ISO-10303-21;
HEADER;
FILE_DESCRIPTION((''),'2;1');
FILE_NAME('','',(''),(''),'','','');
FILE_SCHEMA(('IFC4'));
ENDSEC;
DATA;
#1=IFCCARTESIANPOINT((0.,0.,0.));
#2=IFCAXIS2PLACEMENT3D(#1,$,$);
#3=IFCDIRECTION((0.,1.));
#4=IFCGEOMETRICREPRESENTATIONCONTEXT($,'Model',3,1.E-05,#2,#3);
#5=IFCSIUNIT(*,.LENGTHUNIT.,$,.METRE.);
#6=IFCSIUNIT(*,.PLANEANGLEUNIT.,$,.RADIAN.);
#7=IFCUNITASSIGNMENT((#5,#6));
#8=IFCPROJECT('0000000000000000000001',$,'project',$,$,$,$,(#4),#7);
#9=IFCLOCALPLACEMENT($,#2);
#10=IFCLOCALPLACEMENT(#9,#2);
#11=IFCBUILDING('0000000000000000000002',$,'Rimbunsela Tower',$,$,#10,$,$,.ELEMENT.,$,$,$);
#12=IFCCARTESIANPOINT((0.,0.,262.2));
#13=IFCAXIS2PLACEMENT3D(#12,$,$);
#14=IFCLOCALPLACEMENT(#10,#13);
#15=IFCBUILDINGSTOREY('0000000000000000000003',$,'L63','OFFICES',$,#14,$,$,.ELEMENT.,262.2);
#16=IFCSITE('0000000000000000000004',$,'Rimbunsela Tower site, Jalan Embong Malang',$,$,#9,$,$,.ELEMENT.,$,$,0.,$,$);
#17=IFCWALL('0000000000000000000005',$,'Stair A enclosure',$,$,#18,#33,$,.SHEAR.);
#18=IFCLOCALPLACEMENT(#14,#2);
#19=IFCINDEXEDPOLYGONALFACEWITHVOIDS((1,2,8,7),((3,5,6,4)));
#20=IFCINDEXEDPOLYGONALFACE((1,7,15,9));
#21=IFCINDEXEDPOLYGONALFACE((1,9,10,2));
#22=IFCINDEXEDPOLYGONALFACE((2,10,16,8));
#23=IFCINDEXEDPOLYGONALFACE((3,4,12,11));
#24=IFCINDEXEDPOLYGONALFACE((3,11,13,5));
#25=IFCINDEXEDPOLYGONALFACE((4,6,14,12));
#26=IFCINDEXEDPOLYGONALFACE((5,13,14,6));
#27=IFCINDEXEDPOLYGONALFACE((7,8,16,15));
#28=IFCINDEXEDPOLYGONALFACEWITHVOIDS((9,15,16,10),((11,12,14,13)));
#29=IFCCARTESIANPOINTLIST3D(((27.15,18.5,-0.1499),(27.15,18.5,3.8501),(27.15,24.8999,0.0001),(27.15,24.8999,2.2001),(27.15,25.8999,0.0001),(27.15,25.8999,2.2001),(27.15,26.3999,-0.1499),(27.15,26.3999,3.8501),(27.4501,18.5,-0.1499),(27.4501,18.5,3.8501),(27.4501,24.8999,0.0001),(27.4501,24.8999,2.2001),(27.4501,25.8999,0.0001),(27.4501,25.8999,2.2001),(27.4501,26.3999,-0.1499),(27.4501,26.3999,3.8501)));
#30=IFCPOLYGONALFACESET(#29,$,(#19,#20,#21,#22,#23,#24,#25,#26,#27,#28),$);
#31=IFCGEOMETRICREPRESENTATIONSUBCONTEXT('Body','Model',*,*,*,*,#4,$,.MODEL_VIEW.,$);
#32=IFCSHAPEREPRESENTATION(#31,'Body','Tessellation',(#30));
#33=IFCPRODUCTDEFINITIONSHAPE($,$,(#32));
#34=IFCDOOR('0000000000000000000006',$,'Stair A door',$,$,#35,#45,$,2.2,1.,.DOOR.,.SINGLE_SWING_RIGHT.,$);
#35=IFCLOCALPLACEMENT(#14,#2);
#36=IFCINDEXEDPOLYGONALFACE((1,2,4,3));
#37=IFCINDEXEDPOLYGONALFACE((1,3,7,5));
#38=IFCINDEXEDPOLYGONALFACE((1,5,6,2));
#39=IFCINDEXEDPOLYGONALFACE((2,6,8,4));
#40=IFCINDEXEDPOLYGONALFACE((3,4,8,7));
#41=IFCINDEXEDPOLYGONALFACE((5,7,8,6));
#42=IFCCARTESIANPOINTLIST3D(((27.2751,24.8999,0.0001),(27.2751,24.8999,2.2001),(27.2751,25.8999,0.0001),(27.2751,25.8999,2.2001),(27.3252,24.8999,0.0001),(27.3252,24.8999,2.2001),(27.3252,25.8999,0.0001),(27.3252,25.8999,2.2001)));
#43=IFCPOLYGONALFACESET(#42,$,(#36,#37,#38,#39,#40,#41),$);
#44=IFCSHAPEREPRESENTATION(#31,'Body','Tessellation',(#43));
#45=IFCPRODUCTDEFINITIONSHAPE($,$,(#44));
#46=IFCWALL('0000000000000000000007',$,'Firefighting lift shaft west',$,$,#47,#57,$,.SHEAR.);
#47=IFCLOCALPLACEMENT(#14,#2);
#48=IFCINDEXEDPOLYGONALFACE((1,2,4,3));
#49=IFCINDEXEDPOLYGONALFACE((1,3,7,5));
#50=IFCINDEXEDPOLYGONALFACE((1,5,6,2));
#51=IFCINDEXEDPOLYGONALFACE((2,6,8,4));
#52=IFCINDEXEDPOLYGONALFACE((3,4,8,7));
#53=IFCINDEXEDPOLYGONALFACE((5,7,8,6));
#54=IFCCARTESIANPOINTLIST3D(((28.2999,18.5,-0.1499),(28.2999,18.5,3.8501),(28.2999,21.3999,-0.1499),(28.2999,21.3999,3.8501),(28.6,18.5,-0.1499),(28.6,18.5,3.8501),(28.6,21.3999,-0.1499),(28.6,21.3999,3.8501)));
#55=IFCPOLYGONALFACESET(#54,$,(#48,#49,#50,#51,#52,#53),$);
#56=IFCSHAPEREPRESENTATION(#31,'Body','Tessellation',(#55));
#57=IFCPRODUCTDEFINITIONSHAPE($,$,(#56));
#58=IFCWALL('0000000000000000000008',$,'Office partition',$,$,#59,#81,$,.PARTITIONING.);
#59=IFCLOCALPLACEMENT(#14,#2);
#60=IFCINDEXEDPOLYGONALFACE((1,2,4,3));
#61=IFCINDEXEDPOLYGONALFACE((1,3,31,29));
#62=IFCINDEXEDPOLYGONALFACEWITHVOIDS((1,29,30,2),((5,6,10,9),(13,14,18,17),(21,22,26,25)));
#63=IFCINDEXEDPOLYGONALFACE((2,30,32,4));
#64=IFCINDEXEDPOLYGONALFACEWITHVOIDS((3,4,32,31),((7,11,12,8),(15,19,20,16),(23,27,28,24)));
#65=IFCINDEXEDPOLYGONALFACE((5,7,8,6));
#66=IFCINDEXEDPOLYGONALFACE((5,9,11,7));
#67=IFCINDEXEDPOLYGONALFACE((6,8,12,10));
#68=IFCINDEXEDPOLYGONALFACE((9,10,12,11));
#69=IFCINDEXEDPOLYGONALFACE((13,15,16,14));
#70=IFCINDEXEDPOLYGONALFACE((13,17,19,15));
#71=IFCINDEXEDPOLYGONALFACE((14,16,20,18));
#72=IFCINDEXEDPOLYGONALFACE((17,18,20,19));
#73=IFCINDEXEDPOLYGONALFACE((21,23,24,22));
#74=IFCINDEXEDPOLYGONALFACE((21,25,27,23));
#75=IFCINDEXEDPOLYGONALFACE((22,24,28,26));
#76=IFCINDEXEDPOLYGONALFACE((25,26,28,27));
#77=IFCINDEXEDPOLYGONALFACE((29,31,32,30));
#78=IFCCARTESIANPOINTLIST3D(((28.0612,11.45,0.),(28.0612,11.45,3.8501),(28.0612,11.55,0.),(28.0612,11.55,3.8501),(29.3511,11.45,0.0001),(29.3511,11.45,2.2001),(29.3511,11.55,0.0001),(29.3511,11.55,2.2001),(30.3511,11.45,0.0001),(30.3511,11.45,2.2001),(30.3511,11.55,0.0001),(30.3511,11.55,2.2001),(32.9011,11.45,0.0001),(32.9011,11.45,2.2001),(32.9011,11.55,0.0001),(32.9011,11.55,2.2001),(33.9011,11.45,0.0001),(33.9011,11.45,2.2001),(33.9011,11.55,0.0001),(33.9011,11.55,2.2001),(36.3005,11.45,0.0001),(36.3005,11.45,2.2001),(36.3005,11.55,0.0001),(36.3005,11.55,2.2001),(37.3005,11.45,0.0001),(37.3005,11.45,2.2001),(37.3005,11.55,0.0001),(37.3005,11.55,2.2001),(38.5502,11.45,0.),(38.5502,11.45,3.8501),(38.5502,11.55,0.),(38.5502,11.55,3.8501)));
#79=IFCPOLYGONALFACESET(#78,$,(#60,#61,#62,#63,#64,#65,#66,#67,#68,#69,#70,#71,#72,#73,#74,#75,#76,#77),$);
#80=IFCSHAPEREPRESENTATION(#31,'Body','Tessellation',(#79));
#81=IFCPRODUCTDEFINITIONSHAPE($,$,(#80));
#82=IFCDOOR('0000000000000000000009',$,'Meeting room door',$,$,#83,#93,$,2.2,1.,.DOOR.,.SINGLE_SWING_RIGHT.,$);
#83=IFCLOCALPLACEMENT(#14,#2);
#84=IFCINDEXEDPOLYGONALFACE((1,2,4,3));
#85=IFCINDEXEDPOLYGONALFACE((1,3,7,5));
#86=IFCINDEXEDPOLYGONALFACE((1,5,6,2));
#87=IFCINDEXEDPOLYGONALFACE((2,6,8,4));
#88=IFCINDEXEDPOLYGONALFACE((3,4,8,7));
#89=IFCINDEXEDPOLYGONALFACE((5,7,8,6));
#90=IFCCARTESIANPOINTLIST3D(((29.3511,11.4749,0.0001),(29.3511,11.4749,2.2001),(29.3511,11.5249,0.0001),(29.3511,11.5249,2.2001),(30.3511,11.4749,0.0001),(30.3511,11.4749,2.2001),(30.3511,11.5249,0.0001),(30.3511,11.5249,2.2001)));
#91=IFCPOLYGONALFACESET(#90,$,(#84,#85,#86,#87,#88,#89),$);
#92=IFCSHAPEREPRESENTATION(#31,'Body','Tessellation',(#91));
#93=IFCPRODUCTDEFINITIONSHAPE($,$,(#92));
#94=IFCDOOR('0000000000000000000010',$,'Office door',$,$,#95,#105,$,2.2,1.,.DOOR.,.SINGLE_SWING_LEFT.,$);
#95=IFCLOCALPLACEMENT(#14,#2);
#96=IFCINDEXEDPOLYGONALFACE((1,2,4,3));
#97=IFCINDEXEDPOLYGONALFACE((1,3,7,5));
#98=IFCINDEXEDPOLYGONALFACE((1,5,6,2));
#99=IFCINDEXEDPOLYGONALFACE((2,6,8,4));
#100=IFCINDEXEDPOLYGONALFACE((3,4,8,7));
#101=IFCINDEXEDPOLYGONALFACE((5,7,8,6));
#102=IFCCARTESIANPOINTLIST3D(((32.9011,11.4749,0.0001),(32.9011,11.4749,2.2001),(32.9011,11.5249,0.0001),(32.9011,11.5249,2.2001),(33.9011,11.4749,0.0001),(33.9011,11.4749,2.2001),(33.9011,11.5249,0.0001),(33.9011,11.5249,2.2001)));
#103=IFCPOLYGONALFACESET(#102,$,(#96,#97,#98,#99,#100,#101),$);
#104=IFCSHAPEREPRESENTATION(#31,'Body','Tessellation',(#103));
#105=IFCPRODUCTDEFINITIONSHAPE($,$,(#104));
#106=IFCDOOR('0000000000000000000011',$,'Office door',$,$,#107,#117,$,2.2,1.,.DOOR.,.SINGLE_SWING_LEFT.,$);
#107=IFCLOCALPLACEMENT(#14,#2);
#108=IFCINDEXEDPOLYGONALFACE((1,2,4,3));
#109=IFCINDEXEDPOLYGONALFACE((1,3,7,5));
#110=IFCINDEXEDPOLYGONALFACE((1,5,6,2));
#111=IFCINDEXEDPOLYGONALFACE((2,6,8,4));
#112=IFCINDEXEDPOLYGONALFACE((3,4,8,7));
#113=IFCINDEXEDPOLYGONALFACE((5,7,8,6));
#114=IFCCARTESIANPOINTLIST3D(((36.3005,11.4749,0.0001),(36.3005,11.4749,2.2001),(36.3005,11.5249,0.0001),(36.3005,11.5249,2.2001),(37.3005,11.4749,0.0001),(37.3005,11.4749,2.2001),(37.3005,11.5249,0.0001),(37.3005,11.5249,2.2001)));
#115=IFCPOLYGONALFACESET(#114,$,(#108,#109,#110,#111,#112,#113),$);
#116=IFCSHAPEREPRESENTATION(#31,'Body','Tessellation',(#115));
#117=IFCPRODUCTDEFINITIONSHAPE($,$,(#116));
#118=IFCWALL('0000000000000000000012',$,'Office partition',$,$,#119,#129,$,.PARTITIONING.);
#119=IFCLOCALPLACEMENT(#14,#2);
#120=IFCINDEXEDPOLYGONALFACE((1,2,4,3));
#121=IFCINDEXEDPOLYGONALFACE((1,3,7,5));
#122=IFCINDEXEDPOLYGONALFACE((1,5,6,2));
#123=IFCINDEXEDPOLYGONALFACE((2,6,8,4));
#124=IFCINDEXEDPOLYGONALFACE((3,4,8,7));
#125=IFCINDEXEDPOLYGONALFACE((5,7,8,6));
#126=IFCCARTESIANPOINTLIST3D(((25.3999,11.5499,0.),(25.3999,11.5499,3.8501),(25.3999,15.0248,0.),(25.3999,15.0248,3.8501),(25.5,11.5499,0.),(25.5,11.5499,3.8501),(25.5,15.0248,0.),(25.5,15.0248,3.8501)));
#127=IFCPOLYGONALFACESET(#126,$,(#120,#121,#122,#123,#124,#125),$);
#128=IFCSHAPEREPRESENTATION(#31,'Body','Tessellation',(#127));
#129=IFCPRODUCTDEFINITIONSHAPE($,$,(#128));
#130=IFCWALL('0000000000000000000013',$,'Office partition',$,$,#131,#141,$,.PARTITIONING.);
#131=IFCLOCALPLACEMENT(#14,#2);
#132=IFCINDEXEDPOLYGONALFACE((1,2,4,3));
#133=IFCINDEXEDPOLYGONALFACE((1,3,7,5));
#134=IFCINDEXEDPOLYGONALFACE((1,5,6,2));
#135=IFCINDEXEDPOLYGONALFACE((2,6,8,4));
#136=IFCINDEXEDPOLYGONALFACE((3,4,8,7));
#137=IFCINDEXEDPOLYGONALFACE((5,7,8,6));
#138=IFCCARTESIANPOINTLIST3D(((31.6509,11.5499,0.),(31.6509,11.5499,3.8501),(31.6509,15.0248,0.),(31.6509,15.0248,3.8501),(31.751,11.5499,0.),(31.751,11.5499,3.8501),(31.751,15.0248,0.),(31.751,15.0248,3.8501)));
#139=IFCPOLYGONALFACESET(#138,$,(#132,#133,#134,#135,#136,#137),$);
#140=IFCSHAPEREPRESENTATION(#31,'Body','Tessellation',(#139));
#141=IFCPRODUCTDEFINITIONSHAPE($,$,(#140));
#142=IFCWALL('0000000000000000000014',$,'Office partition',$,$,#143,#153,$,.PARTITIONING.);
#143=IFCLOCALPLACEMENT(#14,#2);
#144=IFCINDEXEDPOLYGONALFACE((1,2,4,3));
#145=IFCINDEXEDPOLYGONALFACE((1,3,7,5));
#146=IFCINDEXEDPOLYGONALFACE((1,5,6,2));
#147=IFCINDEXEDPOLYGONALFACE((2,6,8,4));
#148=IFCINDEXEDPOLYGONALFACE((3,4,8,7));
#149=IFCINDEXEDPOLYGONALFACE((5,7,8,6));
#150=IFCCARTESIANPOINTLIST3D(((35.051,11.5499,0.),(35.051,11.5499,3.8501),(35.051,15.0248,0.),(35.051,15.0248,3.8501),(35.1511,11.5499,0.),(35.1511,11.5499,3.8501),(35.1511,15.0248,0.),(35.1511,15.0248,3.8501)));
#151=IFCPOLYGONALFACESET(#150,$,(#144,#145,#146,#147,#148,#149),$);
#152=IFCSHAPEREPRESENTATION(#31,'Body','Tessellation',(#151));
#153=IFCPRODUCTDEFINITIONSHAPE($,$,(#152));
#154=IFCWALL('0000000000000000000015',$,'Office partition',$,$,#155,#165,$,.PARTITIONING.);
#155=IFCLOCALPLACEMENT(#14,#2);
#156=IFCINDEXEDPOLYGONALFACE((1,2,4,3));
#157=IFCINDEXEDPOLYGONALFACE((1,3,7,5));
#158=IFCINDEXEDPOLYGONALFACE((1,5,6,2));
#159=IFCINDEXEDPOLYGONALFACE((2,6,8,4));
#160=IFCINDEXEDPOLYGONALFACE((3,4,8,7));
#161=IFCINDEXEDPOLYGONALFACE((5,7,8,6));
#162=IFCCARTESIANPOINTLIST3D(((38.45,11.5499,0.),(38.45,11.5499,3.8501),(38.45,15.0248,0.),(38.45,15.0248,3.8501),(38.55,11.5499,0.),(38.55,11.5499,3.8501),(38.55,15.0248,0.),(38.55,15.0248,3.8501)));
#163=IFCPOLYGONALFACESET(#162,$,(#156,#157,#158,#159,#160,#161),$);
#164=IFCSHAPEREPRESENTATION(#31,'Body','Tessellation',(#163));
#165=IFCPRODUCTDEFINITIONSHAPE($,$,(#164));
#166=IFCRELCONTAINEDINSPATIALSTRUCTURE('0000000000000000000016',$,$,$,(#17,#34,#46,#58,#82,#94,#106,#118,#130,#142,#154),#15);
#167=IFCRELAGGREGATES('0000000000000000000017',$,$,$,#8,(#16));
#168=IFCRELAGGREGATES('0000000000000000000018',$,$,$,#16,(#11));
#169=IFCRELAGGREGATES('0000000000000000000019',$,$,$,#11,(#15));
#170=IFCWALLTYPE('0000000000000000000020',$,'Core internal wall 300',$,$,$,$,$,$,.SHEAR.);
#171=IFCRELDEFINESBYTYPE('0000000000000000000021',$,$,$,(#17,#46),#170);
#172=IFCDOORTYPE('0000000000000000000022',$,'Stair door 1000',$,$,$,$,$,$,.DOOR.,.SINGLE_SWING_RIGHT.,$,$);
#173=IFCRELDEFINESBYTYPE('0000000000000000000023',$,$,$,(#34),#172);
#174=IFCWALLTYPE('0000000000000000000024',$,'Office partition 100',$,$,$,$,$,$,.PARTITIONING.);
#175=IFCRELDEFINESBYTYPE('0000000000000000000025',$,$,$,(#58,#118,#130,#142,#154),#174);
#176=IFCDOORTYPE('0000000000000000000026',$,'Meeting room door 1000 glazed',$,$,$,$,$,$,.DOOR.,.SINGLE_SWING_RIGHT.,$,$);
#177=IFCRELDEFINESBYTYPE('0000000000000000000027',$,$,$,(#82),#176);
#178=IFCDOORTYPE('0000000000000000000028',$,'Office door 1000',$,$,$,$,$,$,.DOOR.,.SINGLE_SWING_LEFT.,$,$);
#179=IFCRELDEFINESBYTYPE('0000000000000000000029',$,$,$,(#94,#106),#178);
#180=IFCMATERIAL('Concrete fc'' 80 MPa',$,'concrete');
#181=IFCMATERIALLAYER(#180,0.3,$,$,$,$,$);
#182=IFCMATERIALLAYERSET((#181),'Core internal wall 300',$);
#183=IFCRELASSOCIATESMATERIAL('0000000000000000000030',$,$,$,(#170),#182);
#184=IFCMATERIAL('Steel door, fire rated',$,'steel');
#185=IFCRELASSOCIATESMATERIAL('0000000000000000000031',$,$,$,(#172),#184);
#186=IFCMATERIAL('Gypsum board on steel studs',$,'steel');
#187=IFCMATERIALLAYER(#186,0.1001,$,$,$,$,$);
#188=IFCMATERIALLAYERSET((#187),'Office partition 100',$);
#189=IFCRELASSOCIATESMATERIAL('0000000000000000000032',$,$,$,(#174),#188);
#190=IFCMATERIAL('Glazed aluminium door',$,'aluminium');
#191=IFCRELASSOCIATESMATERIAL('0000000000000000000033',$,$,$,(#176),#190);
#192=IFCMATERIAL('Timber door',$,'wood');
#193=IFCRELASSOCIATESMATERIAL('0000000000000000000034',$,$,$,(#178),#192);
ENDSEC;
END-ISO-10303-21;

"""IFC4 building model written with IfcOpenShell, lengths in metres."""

from ifc_helpers import new_model, si_unit, direction, frame, frame_2d, origin, place, context, subcontext, project, spatial, rectangle, extrude, material, layer, layer_set, type_object, element, fill, save


model = new_model("IFC4")

# Units and contexts
model_context = context("Model", 3, precision=1e-05, world=origin(), true_north=direction((0.0, 1.0)))
body_context = subcontext(model_context, "Body", "Model", "MODEL_VIEW")
ifc_project = project(units=[si_unit("LENGTHUNIT", "METRE"), si_unit("PLANEANGLEUNIT", "RADIAN")], contexts=[model_context])

# Site, building, storey
site_placement = place(None, origin())
site = spatial("IfcSite", under=ifc_project, at=site_placement, Name="Rimbunsela Tower site, Jalan Embong Malang", CompositionType="ELEMENT", RefElevation=0.0)
building_placement = place(site_placement, origin())
building = spatial("IfcBuilding", under=site, at=building_placement, Name="Rimbunsela Tower", CompositionType="ELEMENT")
storey_placement = place(building_placement, frame((0.0, 0.0, 262.2)))
storey = spatial("IfcBuildingStorey", under=building, at=storey_placement, Name="L63", Description="OFFICES", CompositionType="ELEMENT", Elevation=262.2)

# Wall, opening, door
ifc_material_1 = material(Name="Concrete fc' 80 MPa", Category="concrete")
ifc_layer_1 = layer(ifc_material_1, 0.3)
ifc_layer_set_1 = layer_set([ifc_layer_1], Name="Core internal wall 300")
wall_type_1 = type_object("IfcWallType", Name="Core internal wall 300", PredefinedType="SHEAR", material=ifc_layer_set_1)
wall_1_placement = place(storey_placement, frame((27.3, 18.5, -0.1499), z_axis=(0.0, 0.0, 1.0), x_axis=(0.0, 1.0, 0.0)))
wall_1 = element("IfcWall", 1, at=wall_1_placement, inside=storey, type_object=wall_type_1, Name="Stair A enclosure", PredefinedType="SHEAR", context=body_context, shape_type="SweptSolid", body=[
    extrude(rectangle(XDim=7.8999, YDim=0.3, at=frame_2d((3.95, 0.0))), origin(), (0.0, 0.0, 1.0), 4.0),
])
opening_1_placement = place(wall_1_placement, frame((6.3999, 0.0, 0.1499)))
opening_1 = element("IfcOpeningElement", 2, at=opening_1_placement, cuts=wall_1, PredefinedType="OPENING", context=body_context, shape_type="SweptSolid", body=[
    extrude(rectangle(XDim=1.0, YDim=2.2, at=frame_2d((0.5, 1.1001))), frame((0.0, 0.1599, 0.0), z_axis=(0.0, -1.0, 0.0), x_axis=(1.0, 0.0, 0.0)), (0.0, 0.0, 1.0), 0.3201),
])
ifc_material_2 = material(Name="Steel door, fire rated", Category="steel")
door_type_1 = type_object("IfcDoorType", Name="Stair door 1000", OperationType="SINGLE_SWING_RIGHT", PredefinedType="DOOR", material=ifc_material_2)
door_1_placement = place(opening_1_placement, origin())
door_1 = element("IfcDoor", 3, at=door_1_placement, inside=storey, type_object=door_type_1, Name="Stair A door", OperationType="SINGLE_SWING_RIGHT", OverallHeight=2.2, OverallWidth=1.0, PredefinedType="DOOR", context=body_context, shape_type="SweptSolid", body=[
    extrude(rectangle(XDim=1.0, YDim=2.2, at=frame_2d((0.5, 1.1001))), frame((0.0, 0.0249, 0.0), z_axis=(0.0, -1.0, 0.0), x_axis=(1.0, 0.0, 0.0)), (0.0, 0.0, 1.0), 0.05),
])
fill(opening_1, door_1)

# Wall
wall_2_placement = place(storey_placement, frame((28.45, 18.5, -0.1499), z_axis=(0.0, 0.0, 1.0), x_axis=(0.0, 1.0, 0.0)))
element("IfcWall", 4, at=wall_2_placement, inside=storey, type_object=wall_type_1, Name="Firefighting lift shaft west", PredefinedType="SHEAR", context=body_context, shape_type="SweptSolid", body=[
    extrude(rectangle(XDim=2.8999, YDim=0.3, at=frame_2d((1.45, 0.0))), origin(), (0.0, 0.0, 1.0), 4.0),
])

# Wall, openings, doors
ifc_material_3 = material(Name="Gypsum board on steel studs", Category="steel")
ifc_layer_2 = layer(ifc_material_3, 0.1001)
ifc_layer_set_2 = layer_set([ifc_layer_2], Name="Office partition 100")
wall_type_2 = type_object("IfcWallType", Name="Office partition 100", PredefinedType="PARTITIONING", material=ifc_layer_set_2)
wall_3_placement = place(storey_placement, frame((28.061, 11.5, 0.0), z_axis=(0.0, 0.0, 1.0), x_axis=(1.0, 0.0, 0.0)))
wall_3 = element("IfcWall", 5, at=wall_3_placement, inside=storey, type_object=wall_type_2, Name="Office partition", PredefinedType="PARTITIONING", context=body_context, shape_type="SweptSolid", body=[
    extrude(rectangle(XDim=10.489, YDim=0.1001, at=frame_2d((5.2446, 0.0))), origin(), (0.0, 0.0, 1.0), 3.8501),
])
opening_2_placement = place(wall_3_placement, frame((1.29, 0.0, 0.0)))
opening_2 = element("IfcOpeningElement", 6, at=opening_2_placement, cuts=wall_3, PredefinedType="OPENING", context=body_context, shape_type="SweptSolid", body=[
    extrude(rectangle(XDim=1.0, YDim=2.2, at=frame_2d((0.5, 1.1001))), frame((0.0, 0.0601, 0.0), z_axis=(0.0, -1.0, 0.0), x_axis=(1.0, 0.0, 0.0)), (0.0, 0.0, 1.0), 0.1201),
])
opening_3_placement = place(wall_3_placement, frame((4.8401, 0.0, 0.0)))
opening_3 = element("IfcOpeningElement", 7, at=opening_3_placement, cuts=wall_3, PredefinedType="OPENING", context=body_context, shape_type="SweptSolid", body=[
    extrude(rectangle(XDim=1.0, YDim=2.2, at=frame_2d((0.5, 1.1001))), frame((0.0, 0.0601, 0.0), z_axis=(0.0, -1.0, 0.0), x_axis=(1.0, 0.0, 0.0)), (0.0, 0.0, 1.0), 0.1201),
])
opening_4_placement = place(wall_3_placement, frame((8.2395, 0.0, 0.0)))
opening_4 = element("IfcOpeningElement", 8, at=opening_4_placement, cuts=wall_3, PredefinedType="OPENING", context=body_context, shape_type="SweptSolid", body=[
    extrude(rectangle(XDim=1.0, YDim=2.2, at=frame_2d((0.5, 1.1001))), frame((0.0, 0.0601, 0.0), z_axis=(0.0, -1.0, 0.0), x_axis=(1.0, 0.0, 0.0)), (0.0, 0.0, 1.0), 0.1201),
])
ifc_material_4 = material(Name="Glazed aluminium door", Category="aluminium")
door_type_2 = type_object("IfcDoorType", Name="Meeting room door 1000 glazed", OperationType="SINGLE_SWING_RIGHT", PredefinedType="DOOR", material=ifc_material_4)
door_2_placement = place(opening_2_placement, origin())
door_2 = element("IfcDoor", 9, at=door_2_placement, inside=storey, type_object=door_type_2, Name="Meeting room door", OperationType="SINGLE_SWING_RIGHT", OverallHeight=2.2, OverallWidth=1.0, PredefinedType="DOOR", context=body_context, shape_type="SweptSolid", body=[
    extrude(rectangle(XDim=1.0, YDim=2.2, at=frame_2d((0.5, 1.1001))), frame((0.0, 0.0249, 0.0), z_axis=(0.0, -1.0, 0.0), x_axis=(1.0, 0.0, 0.0)), (0.0, 0.0, 1.0), 0.05),
])
fill(opening_2, door_2)
ifc_material_5 = material(Name="Timber door", Category="wood")
door_type_3 = type_object("IfcDoorType", Name="Office door 1000", OperationType="SINGLE_SWING_LEFT", PredefinedType="DOOR", material=ifc_material_5)
door_3_placement = place(opening_3_placement, origin())
door_3 = element("IfcDoor", 10, at=door_3_placement, inside=storey, type_object=door_type_3, Name="Office door", OperationType="SINGLE_SWING_LEFT", OverallHeight=2.2, OverallWidth=1.0, PredefinedType="DOOR", context=body_context, shape_type="SweptSolid", body=[
    extrude(rectangle(XDim=1.0, YDim=2.2, at=frame_2d((0.5, 1.1001))), frame((0.0, 0.0249, 0.0), z_axis=(0.0, -1.0, 0.0), x_axis=(1.0, 0.0, 0.0)), (0.0, 0.0, 1.0), 0.05),
])
fill(opening_3, door_3)
door_4_placement = place(opening_4_placement, origin())
door_4 = element("IfcDoor", 11, at=door_4_placement, inside=storey, type_object=door_type_3, Name="Office door", OperationType="SINGLE_SWING_LEFT", OverallHeight=2.2, OverallWidth=1.0, PredefinedType="DOOR", context=body_context, shape_type="SweptSolid", body=[
    extrude(rectangle(XDim=1.0, YDim=2.2, at=frame_2d((0.5, 1.1001))), frame((0.0, 0.0249, 0.0), z_axis=(0.0, -1.0, 0.0), x_axis=(1.0, 0.0, 0.0)), (0.0, 0.0, 1.0), 0.05),
])
fill(opening_4, door_4)

# Walls
for number, where, z_axis, x_axis, name in (
    (12, (25.45, 11.55, 0.0), (0.0, 0.0, 1.0), (0.0, 1.0, 0.0), "Office partition"),
    (13, (31.7009, 11.55, 0.0), (0.0, 0.0, 1.0), (0.0, 1.0, 0.0), "Office partition"),
    (14, (35.1011, 11.55, 0.0), (0.0, 0.0, 1.0), (0.0, 1.0, 0.0), "Office partition"),
    (15, (38.5, 11.55, 0.0), (0.0, 0.0, 1.0), (0.0, 1.0, 0.0), "Office partition"),
):
    element("IfcWall", number, at=place(storey_placement, frame(where, z_axis=z_axis, x_axis=x_axis)), inside=storey, type_object=wall_type_2, Name=name, PredefinedType="PARTITIONING", context=body_context, shape_type="SweptSolid", body=[
        extrude(rectangle(XDim=3.4749, YDim=0.1001, at=frame_2d((1.7373, 0.0))), origin(), (0.0, 0.0, 1.0), 3.8501),
    ])

save(model, "model.ifc")
